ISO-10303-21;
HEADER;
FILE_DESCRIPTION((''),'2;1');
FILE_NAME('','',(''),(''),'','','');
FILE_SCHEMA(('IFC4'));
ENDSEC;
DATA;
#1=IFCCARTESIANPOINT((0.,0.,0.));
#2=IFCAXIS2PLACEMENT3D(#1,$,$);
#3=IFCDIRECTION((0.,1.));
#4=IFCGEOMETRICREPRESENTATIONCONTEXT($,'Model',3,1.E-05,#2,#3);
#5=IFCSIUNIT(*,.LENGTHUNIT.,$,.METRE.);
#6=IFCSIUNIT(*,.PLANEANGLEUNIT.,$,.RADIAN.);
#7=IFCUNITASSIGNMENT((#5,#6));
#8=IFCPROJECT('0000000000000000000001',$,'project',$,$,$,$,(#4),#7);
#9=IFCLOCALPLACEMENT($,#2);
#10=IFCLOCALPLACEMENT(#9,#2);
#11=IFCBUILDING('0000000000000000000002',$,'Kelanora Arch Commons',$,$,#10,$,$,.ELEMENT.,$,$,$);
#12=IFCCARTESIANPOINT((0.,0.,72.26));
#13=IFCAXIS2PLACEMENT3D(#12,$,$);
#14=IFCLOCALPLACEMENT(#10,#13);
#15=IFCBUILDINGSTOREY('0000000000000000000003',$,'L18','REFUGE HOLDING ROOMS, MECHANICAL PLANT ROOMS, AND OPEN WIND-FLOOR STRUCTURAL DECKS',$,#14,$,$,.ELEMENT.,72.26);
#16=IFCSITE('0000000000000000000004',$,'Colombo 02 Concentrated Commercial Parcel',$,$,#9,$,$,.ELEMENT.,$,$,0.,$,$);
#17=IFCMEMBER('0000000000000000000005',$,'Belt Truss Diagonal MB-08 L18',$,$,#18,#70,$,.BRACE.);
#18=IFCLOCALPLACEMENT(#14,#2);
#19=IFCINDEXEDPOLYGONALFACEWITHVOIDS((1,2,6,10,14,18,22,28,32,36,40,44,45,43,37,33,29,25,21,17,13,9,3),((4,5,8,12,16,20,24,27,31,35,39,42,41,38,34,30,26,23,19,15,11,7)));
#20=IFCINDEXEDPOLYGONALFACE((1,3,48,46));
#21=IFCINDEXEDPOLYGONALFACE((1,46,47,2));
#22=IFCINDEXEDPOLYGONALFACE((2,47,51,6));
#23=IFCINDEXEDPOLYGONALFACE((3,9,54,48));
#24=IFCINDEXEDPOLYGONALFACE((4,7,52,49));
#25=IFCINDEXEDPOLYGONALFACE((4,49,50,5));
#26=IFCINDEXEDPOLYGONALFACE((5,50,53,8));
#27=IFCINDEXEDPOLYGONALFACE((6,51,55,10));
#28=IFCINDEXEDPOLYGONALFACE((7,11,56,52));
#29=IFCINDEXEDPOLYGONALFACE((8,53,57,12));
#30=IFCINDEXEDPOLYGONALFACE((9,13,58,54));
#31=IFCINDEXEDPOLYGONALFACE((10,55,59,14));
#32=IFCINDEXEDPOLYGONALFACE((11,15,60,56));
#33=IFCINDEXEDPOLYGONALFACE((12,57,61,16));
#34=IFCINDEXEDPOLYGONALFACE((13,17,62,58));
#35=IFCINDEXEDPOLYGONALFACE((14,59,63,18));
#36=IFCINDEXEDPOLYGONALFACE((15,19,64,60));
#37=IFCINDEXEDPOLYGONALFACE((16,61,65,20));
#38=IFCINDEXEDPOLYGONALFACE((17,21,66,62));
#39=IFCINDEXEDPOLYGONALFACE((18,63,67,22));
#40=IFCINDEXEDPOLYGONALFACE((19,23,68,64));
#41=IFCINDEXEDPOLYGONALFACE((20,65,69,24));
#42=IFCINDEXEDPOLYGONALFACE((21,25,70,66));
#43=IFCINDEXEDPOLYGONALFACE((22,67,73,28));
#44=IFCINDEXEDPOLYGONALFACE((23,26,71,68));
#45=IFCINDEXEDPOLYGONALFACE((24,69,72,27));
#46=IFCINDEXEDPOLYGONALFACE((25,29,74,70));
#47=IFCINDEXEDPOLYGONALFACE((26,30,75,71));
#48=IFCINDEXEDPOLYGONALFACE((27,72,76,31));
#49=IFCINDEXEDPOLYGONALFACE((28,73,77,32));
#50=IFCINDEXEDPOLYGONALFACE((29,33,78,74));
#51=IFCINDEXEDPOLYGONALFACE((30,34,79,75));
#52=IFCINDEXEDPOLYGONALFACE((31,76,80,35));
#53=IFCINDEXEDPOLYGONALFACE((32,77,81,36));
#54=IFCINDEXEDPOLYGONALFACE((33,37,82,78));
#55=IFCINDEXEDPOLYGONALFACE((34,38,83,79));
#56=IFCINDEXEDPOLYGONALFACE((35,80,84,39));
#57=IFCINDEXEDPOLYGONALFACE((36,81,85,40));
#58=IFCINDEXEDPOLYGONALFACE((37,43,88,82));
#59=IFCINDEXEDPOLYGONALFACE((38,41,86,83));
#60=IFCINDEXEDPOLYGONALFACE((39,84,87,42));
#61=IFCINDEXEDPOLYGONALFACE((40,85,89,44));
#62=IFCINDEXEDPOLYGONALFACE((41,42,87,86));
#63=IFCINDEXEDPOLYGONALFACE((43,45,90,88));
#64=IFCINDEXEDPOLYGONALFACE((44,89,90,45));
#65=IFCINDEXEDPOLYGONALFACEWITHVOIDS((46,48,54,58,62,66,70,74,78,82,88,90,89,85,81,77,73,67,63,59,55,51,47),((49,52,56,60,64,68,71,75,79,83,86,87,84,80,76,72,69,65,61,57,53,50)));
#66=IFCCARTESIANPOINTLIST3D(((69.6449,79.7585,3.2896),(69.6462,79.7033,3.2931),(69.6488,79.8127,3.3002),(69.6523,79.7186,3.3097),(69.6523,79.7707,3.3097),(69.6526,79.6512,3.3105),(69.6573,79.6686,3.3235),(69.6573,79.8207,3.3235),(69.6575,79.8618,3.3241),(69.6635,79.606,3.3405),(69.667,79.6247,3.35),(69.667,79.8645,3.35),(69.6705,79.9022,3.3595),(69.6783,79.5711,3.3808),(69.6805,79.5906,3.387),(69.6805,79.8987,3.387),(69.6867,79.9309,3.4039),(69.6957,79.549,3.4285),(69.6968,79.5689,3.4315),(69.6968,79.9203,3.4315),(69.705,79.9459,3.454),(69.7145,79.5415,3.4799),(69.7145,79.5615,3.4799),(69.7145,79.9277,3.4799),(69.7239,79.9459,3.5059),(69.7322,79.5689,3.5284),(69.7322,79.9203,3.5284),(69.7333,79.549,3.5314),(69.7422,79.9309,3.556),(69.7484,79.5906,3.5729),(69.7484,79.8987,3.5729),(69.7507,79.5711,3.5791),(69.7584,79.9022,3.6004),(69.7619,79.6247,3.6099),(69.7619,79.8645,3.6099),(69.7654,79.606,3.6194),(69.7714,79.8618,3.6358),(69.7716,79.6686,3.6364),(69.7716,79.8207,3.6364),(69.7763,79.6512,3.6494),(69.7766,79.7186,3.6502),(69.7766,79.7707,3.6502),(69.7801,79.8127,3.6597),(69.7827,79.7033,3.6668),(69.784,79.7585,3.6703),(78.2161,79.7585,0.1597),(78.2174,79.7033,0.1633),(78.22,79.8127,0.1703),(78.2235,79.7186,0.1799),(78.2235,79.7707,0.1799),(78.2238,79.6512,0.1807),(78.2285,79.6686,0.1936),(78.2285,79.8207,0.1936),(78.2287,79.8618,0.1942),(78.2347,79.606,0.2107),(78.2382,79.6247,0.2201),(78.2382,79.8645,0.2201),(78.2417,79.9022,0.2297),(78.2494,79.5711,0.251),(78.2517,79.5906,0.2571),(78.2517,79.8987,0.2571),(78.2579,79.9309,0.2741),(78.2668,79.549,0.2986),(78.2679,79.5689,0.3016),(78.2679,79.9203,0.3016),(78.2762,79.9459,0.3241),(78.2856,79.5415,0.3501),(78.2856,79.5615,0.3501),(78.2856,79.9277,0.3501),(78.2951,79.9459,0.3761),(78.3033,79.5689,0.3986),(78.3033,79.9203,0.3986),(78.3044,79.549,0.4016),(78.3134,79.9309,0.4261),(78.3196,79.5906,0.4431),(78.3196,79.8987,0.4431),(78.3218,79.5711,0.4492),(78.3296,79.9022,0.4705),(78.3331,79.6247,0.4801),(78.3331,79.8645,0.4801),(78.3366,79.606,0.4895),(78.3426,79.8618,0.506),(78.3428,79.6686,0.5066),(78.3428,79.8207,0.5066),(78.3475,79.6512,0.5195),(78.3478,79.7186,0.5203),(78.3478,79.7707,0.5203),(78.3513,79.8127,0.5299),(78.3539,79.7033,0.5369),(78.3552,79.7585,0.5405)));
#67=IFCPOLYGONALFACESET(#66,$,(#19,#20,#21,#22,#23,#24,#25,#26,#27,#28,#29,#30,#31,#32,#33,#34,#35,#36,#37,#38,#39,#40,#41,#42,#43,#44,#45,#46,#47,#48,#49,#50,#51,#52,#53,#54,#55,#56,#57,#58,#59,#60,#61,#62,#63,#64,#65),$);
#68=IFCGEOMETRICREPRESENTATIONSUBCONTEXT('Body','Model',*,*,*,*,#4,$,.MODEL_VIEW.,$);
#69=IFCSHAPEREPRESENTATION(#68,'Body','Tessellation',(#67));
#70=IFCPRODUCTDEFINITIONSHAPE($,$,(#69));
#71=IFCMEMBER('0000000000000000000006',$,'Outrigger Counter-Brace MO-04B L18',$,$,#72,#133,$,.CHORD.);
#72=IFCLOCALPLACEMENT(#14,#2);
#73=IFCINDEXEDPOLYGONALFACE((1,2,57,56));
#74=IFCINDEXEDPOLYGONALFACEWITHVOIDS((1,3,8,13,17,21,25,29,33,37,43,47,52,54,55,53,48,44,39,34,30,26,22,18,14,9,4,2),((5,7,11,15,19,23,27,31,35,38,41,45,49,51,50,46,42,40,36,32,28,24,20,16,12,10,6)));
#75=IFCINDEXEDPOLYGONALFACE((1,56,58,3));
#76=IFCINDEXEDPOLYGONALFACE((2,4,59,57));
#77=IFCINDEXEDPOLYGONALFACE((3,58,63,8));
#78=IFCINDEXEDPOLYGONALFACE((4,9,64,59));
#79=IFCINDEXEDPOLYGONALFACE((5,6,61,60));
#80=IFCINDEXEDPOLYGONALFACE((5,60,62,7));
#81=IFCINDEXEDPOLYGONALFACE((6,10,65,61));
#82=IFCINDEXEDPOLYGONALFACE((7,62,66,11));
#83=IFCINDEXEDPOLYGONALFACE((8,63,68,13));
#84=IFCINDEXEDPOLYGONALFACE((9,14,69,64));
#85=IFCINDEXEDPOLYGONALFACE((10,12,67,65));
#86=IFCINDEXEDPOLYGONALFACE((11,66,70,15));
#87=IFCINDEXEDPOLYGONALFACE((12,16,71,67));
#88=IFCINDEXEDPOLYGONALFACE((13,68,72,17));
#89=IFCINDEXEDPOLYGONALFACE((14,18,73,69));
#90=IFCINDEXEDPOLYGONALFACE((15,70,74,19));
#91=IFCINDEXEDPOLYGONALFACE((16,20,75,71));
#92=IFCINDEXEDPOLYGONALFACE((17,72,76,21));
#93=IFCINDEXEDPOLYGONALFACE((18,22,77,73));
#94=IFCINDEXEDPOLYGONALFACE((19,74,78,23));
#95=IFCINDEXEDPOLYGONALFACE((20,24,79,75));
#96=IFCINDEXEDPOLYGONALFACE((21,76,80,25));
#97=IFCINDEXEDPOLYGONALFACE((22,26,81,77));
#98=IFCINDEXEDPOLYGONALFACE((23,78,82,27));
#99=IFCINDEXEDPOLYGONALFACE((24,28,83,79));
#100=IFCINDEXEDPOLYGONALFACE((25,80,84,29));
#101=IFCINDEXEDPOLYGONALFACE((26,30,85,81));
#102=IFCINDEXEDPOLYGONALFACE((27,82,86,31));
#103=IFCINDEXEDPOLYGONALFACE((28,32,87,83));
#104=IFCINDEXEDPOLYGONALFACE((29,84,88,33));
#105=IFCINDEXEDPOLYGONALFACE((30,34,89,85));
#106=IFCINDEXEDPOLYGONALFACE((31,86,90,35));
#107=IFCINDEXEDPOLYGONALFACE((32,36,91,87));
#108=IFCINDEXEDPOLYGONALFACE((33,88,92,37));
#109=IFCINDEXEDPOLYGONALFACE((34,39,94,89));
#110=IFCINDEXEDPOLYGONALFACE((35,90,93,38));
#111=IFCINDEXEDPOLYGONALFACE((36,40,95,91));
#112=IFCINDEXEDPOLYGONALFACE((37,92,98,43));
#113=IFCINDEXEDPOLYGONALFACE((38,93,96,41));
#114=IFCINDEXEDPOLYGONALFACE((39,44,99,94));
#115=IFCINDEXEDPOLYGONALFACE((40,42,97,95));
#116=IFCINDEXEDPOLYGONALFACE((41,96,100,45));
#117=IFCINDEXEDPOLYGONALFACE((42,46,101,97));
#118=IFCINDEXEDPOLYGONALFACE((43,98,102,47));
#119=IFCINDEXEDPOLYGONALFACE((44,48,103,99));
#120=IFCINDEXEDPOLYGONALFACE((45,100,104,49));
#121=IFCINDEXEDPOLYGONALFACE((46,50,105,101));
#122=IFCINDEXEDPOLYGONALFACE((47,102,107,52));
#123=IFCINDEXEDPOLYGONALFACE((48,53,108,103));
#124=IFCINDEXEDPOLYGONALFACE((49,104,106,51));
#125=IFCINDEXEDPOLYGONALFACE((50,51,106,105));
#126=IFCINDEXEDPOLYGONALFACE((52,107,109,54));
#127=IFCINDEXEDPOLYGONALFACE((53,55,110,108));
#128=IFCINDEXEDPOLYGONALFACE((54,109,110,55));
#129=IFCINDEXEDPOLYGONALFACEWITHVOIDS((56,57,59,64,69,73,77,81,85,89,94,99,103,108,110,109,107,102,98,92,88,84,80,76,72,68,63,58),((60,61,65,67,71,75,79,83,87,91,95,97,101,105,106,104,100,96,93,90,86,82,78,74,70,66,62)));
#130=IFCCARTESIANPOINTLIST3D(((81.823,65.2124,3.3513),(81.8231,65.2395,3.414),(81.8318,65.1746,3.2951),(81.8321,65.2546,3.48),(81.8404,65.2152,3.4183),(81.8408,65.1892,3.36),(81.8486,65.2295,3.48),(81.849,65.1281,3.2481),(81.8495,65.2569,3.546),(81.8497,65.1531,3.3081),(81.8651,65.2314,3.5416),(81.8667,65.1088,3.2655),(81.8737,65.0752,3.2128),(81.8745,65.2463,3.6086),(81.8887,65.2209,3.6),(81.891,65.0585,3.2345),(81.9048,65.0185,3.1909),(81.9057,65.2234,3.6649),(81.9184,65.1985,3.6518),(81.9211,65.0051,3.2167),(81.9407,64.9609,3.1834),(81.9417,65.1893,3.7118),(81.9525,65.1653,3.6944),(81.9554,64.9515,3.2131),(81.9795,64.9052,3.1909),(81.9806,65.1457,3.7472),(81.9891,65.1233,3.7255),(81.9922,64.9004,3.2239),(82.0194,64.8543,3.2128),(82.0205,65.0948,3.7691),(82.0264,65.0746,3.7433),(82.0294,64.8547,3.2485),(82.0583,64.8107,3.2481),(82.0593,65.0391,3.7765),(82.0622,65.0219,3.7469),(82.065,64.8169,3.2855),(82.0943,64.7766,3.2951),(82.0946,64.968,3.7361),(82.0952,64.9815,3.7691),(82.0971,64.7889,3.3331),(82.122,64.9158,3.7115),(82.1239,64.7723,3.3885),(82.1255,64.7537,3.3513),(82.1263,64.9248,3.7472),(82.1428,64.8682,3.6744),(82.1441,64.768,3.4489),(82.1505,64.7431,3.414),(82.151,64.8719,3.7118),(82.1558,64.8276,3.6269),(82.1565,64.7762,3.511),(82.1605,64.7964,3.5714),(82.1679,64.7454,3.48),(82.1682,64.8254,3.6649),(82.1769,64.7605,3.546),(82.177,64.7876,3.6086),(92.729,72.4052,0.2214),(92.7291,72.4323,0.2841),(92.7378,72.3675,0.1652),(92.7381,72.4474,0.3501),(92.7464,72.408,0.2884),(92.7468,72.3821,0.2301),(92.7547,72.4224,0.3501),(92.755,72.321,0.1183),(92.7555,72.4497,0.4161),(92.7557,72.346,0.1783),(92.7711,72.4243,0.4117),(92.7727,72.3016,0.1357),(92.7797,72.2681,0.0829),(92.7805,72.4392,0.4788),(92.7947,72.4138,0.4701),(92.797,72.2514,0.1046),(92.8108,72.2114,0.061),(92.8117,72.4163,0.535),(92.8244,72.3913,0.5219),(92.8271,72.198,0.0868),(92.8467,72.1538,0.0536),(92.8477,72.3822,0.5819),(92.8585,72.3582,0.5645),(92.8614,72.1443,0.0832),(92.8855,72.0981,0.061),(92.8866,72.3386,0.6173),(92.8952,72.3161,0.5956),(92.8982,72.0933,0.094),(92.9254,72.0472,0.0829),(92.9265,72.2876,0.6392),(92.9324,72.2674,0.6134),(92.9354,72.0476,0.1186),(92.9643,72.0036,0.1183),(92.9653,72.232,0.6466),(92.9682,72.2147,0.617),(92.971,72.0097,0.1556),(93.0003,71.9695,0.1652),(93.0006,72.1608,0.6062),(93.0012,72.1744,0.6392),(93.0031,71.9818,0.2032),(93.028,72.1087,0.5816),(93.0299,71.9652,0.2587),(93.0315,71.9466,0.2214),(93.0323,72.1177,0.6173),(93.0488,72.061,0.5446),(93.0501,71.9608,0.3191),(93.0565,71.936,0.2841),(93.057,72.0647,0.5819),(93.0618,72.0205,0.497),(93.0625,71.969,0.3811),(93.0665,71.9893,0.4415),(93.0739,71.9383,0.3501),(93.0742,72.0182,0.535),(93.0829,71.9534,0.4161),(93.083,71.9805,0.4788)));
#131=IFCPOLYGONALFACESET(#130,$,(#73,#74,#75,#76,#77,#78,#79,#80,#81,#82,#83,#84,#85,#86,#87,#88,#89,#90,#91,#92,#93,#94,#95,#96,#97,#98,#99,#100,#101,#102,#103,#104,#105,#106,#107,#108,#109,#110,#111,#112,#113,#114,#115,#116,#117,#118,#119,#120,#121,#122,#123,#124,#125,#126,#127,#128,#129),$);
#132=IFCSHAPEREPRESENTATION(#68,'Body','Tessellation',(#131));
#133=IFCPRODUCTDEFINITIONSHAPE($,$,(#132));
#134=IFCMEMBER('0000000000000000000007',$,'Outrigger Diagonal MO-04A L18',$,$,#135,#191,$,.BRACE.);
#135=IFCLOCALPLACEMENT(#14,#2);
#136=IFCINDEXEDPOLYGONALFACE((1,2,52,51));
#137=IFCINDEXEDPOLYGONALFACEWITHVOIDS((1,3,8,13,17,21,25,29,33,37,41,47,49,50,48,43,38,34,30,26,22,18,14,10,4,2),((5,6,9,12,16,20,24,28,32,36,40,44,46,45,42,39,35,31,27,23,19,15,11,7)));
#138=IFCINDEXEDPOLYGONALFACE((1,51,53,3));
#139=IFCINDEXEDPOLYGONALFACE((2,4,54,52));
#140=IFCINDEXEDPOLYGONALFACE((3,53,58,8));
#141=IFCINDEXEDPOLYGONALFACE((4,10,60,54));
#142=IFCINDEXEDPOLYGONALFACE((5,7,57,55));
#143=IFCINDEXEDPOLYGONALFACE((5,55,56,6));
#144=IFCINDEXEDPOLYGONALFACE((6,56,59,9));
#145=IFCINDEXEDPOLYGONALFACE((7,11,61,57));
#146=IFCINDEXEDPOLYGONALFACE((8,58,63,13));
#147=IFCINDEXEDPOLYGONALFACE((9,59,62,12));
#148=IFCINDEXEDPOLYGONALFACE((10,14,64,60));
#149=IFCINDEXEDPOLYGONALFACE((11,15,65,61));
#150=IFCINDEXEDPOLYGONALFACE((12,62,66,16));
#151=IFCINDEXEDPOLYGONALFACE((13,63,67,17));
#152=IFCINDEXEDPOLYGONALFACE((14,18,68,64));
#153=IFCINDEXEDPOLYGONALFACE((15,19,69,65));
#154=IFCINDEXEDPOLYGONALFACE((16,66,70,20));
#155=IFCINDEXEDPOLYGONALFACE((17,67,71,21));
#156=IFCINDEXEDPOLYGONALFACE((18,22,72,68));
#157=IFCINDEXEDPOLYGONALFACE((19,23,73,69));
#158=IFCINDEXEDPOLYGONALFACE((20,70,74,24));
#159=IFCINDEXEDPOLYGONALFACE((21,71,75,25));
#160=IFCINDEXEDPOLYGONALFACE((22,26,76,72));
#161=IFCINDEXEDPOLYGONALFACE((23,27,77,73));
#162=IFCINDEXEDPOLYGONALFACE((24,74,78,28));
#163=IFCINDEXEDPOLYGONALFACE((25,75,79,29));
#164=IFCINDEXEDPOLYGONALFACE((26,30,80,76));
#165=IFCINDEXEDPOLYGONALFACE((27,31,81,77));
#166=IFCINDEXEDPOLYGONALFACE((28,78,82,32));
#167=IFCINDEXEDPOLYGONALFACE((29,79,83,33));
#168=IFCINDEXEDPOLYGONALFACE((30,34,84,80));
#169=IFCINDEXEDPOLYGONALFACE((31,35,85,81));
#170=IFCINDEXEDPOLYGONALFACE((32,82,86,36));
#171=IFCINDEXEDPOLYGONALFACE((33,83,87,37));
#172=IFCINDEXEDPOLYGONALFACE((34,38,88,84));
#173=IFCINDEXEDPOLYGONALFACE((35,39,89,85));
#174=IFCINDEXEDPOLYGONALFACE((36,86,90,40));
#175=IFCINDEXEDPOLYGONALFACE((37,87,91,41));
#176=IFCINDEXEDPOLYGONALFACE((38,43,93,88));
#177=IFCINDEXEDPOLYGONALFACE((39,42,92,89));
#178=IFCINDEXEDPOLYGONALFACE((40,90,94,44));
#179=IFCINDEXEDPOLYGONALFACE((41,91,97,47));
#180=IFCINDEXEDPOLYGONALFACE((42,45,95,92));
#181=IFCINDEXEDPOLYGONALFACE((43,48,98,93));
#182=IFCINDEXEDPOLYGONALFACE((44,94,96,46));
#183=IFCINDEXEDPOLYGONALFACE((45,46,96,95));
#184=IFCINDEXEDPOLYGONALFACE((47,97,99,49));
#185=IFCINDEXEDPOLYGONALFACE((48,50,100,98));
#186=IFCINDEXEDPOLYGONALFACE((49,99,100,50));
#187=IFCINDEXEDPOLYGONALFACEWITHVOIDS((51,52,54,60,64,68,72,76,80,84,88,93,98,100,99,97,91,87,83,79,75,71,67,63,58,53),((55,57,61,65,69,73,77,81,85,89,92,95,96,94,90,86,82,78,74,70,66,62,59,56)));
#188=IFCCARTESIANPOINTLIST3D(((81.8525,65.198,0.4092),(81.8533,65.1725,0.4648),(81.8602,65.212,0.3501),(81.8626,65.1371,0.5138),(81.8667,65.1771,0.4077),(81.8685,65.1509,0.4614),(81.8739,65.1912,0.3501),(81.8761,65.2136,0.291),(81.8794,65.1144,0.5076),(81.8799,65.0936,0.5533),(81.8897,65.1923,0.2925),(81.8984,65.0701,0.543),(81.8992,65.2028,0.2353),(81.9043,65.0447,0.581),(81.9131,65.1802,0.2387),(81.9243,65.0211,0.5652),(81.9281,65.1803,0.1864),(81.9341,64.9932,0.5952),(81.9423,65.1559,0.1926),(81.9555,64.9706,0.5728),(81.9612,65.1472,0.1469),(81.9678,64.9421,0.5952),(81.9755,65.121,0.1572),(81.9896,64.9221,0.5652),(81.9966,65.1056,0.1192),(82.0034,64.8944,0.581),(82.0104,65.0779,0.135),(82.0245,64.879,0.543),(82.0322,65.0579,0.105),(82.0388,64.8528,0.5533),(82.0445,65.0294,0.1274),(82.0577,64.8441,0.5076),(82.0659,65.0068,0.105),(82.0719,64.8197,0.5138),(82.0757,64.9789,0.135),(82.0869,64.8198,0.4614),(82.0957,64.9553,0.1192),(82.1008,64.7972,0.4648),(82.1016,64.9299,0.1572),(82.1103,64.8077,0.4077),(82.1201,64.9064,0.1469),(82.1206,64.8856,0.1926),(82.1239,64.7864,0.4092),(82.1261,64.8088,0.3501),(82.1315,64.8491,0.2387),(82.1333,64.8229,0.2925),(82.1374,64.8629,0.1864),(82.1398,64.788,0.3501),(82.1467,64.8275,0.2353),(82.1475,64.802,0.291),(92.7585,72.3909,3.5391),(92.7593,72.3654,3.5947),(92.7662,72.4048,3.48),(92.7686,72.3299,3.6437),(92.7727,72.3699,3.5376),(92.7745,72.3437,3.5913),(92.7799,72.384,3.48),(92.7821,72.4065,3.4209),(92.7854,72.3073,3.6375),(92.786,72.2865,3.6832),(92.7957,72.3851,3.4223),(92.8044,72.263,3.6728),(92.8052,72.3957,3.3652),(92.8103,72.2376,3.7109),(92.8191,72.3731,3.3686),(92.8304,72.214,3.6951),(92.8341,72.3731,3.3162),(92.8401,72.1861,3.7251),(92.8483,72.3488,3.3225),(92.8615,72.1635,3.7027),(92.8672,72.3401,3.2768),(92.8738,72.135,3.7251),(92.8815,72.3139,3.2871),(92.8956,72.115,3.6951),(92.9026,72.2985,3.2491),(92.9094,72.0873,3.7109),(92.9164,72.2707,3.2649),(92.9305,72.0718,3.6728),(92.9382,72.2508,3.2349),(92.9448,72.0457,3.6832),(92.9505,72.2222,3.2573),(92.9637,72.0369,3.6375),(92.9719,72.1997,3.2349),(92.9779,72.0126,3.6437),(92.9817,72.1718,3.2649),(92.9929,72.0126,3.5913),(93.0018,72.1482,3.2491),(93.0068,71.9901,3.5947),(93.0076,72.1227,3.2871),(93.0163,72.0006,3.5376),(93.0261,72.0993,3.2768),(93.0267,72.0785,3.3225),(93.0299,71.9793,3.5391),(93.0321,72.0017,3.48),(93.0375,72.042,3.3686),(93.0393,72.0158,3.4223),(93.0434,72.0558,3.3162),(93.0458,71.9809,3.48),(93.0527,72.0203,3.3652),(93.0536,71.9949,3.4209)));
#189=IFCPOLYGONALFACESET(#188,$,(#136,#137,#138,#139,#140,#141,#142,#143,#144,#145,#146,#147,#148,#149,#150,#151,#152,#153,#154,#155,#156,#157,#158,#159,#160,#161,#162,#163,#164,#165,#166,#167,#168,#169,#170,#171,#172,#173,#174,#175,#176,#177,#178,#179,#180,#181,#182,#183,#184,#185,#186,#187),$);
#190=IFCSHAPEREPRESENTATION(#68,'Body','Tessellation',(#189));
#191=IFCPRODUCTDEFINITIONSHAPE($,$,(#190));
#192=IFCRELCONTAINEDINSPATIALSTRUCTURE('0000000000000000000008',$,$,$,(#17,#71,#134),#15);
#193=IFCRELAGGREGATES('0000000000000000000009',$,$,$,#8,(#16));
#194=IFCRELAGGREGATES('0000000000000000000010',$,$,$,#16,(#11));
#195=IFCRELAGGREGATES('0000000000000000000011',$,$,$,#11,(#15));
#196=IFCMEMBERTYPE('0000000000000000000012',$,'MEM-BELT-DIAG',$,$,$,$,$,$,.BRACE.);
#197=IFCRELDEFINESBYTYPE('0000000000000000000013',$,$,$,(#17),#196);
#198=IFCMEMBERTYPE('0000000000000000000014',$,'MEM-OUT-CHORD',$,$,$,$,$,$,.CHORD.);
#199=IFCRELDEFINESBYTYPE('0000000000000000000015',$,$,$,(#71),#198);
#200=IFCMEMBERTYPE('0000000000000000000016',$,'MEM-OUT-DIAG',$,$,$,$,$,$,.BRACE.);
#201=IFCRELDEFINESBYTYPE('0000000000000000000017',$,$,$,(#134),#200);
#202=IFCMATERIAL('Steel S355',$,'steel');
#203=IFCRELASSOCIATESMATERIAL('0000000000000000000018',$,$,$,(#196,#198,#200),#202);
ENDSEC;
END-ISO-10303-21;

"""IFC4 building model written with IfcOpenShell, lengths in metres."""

from ifc_helpers import new_model, si_unit, direction, frame, origin, origin_2d, place, context, subcontext, project, spatial, hollow_circle, extrude, material, material_profile, profile_set, type_object, element, save


model = new_model("IFC4")

# Units and contexts
model_context = context("Model", 3, precision=1e-05, world=origin(), true_north=direction((0.0, 1.0)))
body_context = subcontext(model_context, "Body", "Model", "MODEL_VIEW")
ifc_project = project(units=[si_unit("LENGTHUNIT", "METRE"), si_unit("PLANEANGLEUNIT", "RADIAN")], contexts=[model_context])

# Site, building, storey
site_placement = place(None, origin())
site = spatial("IfcSite", under=ifc_project, at=site_placement, Name="Colombo 02 Concentrated Commercial Parcel", CompositionType="ELEMENT", RefElevation=0.0)
building_placement = place(site_placement, origin())
building = spatial("IfcBuilding", under=site, at=building_placement, Name="Kelanora Arch Commons", CompositionType="ELEMENT")
storey_placement = place(building_placement, frame((0.0, 0.0, 72.26)))
storey = spatial("IfcBuildingStorey", under=building, at=storey_placement, Name="L18", Description="REFUGE HOLDING ROOMS, MECHANICAL PLANT ROOMS, AND OPEN WIND-FLOOR STRUCTURAL DECKS", CompositionType="ELEMENT", Elevation=72.26)

# Shared definitions
ifc_material_1 = material(Name="Steel S355", Category="steel")

# Members
ifc_material_profile_1 = material_profile(ifc_material_1, hollow_circle(Radius=0.2031, WallThickness=0.02, at=origin_2d()), Name="CHS406.4x20")
ifc_profile_set_1 = profile_set([ifc_material_profile_1], Name="Steel S355")
member_type_1 = type_object("IfcMemberType", Name="MEM-BELT-DIAG", PredefinedType="BRACE", material=ifc_profile_set_1)
member_1_placement = place(storey_placement, frame((78.2856, 79.7446, 0.3501), z_axis=(-0.939333, 0.0, 0.343006), x_axis=(0.0, -1.0, 0.0)))
element("IfcMember", 1, at=member_1_placement, inside=storey, type_object=member_type_1, Name="Belt Truss Diagonal MB-08 L18", PredefinedType="BRACE", context=body_context, shape_type="SweptSolid", body=[
    extrude(hollow_circle(Radius=0.2031, WallThickness=0.02, at=origin_2d()), origin(), (0.0, 0.0, 1.0), 9.1248),
])
ifc_material_profile_2 = material_profile(ifc_material_1, hollow_circle(Radius=0.3049, WallThickness=0.03, at=origin_2d()), Name="CHS610x30")
ifc_profile_set_2 = profile_set([ifc_material_profile_2], Name="Steel S355")
member_type_2 = type_object("IfcMemberType", Name="MEM-OUT-CHORD", PredefinedType="CHORD", material=ifc_profile_set_2)
member_2_placement = place(storey_placement, frame((82.0, 65.0, 3.48), z_axis=(0.811816, 0.53542, -0.232981), x_axis=(-0.550571, 0.834789, 0.0)))
element("IfcMember", 2, at=member_2_placement, inside=storey, type_object=member_type_2, Name="Outrigger Counter-Brace MO-04B L18", PredefinedType="CHORD", context=body_context, shape_type="SweptSolid", body=[
    extrude(hollow_circle(Radius=0.3049, WallThickness=0.03, at=origin_2d()), origin(), (0.0, 0.0, 1.0), 13.4341),
])
ifc_material_profile_3 = material_profile(ifc_material_1, hollow_circle(Radius=0.2539, WallThickness=0.0249, at=origin_2d()), Name="CHS508x25")
ifc_profile_set_3 = profile_set([ifc_material_profile_3], Name="Steel S355")
member_type_3 = type_object("IfcMemberType", Name="MEM-OUT-DIAG", PredefinedType="BRACE", material=ifc_profile_set_3)
member_3_placement = place(storey_placement, frame((82.0, 65.0, 0.3501), z_axis=(0.811816, 0.53542, 0.232981), x_axis=(-0.550571, 0.834789, 0.0)))
element("IfcMember", 3, at=member_3_placement, inside=storey, type_object=member_type_3, Name="Outrigger Diagonal MO-04A L18", PredefinedType="BRACE", context=body_context, shape_type="SweptSolid", body=[
    extrude(hollow_circle(Radius=0.2539, WallThickness=0.0249, at=origin_2d()), origin(), (0.0, 0.0, 1.0), 13.4341),
])

save(model, "model.ifc")
